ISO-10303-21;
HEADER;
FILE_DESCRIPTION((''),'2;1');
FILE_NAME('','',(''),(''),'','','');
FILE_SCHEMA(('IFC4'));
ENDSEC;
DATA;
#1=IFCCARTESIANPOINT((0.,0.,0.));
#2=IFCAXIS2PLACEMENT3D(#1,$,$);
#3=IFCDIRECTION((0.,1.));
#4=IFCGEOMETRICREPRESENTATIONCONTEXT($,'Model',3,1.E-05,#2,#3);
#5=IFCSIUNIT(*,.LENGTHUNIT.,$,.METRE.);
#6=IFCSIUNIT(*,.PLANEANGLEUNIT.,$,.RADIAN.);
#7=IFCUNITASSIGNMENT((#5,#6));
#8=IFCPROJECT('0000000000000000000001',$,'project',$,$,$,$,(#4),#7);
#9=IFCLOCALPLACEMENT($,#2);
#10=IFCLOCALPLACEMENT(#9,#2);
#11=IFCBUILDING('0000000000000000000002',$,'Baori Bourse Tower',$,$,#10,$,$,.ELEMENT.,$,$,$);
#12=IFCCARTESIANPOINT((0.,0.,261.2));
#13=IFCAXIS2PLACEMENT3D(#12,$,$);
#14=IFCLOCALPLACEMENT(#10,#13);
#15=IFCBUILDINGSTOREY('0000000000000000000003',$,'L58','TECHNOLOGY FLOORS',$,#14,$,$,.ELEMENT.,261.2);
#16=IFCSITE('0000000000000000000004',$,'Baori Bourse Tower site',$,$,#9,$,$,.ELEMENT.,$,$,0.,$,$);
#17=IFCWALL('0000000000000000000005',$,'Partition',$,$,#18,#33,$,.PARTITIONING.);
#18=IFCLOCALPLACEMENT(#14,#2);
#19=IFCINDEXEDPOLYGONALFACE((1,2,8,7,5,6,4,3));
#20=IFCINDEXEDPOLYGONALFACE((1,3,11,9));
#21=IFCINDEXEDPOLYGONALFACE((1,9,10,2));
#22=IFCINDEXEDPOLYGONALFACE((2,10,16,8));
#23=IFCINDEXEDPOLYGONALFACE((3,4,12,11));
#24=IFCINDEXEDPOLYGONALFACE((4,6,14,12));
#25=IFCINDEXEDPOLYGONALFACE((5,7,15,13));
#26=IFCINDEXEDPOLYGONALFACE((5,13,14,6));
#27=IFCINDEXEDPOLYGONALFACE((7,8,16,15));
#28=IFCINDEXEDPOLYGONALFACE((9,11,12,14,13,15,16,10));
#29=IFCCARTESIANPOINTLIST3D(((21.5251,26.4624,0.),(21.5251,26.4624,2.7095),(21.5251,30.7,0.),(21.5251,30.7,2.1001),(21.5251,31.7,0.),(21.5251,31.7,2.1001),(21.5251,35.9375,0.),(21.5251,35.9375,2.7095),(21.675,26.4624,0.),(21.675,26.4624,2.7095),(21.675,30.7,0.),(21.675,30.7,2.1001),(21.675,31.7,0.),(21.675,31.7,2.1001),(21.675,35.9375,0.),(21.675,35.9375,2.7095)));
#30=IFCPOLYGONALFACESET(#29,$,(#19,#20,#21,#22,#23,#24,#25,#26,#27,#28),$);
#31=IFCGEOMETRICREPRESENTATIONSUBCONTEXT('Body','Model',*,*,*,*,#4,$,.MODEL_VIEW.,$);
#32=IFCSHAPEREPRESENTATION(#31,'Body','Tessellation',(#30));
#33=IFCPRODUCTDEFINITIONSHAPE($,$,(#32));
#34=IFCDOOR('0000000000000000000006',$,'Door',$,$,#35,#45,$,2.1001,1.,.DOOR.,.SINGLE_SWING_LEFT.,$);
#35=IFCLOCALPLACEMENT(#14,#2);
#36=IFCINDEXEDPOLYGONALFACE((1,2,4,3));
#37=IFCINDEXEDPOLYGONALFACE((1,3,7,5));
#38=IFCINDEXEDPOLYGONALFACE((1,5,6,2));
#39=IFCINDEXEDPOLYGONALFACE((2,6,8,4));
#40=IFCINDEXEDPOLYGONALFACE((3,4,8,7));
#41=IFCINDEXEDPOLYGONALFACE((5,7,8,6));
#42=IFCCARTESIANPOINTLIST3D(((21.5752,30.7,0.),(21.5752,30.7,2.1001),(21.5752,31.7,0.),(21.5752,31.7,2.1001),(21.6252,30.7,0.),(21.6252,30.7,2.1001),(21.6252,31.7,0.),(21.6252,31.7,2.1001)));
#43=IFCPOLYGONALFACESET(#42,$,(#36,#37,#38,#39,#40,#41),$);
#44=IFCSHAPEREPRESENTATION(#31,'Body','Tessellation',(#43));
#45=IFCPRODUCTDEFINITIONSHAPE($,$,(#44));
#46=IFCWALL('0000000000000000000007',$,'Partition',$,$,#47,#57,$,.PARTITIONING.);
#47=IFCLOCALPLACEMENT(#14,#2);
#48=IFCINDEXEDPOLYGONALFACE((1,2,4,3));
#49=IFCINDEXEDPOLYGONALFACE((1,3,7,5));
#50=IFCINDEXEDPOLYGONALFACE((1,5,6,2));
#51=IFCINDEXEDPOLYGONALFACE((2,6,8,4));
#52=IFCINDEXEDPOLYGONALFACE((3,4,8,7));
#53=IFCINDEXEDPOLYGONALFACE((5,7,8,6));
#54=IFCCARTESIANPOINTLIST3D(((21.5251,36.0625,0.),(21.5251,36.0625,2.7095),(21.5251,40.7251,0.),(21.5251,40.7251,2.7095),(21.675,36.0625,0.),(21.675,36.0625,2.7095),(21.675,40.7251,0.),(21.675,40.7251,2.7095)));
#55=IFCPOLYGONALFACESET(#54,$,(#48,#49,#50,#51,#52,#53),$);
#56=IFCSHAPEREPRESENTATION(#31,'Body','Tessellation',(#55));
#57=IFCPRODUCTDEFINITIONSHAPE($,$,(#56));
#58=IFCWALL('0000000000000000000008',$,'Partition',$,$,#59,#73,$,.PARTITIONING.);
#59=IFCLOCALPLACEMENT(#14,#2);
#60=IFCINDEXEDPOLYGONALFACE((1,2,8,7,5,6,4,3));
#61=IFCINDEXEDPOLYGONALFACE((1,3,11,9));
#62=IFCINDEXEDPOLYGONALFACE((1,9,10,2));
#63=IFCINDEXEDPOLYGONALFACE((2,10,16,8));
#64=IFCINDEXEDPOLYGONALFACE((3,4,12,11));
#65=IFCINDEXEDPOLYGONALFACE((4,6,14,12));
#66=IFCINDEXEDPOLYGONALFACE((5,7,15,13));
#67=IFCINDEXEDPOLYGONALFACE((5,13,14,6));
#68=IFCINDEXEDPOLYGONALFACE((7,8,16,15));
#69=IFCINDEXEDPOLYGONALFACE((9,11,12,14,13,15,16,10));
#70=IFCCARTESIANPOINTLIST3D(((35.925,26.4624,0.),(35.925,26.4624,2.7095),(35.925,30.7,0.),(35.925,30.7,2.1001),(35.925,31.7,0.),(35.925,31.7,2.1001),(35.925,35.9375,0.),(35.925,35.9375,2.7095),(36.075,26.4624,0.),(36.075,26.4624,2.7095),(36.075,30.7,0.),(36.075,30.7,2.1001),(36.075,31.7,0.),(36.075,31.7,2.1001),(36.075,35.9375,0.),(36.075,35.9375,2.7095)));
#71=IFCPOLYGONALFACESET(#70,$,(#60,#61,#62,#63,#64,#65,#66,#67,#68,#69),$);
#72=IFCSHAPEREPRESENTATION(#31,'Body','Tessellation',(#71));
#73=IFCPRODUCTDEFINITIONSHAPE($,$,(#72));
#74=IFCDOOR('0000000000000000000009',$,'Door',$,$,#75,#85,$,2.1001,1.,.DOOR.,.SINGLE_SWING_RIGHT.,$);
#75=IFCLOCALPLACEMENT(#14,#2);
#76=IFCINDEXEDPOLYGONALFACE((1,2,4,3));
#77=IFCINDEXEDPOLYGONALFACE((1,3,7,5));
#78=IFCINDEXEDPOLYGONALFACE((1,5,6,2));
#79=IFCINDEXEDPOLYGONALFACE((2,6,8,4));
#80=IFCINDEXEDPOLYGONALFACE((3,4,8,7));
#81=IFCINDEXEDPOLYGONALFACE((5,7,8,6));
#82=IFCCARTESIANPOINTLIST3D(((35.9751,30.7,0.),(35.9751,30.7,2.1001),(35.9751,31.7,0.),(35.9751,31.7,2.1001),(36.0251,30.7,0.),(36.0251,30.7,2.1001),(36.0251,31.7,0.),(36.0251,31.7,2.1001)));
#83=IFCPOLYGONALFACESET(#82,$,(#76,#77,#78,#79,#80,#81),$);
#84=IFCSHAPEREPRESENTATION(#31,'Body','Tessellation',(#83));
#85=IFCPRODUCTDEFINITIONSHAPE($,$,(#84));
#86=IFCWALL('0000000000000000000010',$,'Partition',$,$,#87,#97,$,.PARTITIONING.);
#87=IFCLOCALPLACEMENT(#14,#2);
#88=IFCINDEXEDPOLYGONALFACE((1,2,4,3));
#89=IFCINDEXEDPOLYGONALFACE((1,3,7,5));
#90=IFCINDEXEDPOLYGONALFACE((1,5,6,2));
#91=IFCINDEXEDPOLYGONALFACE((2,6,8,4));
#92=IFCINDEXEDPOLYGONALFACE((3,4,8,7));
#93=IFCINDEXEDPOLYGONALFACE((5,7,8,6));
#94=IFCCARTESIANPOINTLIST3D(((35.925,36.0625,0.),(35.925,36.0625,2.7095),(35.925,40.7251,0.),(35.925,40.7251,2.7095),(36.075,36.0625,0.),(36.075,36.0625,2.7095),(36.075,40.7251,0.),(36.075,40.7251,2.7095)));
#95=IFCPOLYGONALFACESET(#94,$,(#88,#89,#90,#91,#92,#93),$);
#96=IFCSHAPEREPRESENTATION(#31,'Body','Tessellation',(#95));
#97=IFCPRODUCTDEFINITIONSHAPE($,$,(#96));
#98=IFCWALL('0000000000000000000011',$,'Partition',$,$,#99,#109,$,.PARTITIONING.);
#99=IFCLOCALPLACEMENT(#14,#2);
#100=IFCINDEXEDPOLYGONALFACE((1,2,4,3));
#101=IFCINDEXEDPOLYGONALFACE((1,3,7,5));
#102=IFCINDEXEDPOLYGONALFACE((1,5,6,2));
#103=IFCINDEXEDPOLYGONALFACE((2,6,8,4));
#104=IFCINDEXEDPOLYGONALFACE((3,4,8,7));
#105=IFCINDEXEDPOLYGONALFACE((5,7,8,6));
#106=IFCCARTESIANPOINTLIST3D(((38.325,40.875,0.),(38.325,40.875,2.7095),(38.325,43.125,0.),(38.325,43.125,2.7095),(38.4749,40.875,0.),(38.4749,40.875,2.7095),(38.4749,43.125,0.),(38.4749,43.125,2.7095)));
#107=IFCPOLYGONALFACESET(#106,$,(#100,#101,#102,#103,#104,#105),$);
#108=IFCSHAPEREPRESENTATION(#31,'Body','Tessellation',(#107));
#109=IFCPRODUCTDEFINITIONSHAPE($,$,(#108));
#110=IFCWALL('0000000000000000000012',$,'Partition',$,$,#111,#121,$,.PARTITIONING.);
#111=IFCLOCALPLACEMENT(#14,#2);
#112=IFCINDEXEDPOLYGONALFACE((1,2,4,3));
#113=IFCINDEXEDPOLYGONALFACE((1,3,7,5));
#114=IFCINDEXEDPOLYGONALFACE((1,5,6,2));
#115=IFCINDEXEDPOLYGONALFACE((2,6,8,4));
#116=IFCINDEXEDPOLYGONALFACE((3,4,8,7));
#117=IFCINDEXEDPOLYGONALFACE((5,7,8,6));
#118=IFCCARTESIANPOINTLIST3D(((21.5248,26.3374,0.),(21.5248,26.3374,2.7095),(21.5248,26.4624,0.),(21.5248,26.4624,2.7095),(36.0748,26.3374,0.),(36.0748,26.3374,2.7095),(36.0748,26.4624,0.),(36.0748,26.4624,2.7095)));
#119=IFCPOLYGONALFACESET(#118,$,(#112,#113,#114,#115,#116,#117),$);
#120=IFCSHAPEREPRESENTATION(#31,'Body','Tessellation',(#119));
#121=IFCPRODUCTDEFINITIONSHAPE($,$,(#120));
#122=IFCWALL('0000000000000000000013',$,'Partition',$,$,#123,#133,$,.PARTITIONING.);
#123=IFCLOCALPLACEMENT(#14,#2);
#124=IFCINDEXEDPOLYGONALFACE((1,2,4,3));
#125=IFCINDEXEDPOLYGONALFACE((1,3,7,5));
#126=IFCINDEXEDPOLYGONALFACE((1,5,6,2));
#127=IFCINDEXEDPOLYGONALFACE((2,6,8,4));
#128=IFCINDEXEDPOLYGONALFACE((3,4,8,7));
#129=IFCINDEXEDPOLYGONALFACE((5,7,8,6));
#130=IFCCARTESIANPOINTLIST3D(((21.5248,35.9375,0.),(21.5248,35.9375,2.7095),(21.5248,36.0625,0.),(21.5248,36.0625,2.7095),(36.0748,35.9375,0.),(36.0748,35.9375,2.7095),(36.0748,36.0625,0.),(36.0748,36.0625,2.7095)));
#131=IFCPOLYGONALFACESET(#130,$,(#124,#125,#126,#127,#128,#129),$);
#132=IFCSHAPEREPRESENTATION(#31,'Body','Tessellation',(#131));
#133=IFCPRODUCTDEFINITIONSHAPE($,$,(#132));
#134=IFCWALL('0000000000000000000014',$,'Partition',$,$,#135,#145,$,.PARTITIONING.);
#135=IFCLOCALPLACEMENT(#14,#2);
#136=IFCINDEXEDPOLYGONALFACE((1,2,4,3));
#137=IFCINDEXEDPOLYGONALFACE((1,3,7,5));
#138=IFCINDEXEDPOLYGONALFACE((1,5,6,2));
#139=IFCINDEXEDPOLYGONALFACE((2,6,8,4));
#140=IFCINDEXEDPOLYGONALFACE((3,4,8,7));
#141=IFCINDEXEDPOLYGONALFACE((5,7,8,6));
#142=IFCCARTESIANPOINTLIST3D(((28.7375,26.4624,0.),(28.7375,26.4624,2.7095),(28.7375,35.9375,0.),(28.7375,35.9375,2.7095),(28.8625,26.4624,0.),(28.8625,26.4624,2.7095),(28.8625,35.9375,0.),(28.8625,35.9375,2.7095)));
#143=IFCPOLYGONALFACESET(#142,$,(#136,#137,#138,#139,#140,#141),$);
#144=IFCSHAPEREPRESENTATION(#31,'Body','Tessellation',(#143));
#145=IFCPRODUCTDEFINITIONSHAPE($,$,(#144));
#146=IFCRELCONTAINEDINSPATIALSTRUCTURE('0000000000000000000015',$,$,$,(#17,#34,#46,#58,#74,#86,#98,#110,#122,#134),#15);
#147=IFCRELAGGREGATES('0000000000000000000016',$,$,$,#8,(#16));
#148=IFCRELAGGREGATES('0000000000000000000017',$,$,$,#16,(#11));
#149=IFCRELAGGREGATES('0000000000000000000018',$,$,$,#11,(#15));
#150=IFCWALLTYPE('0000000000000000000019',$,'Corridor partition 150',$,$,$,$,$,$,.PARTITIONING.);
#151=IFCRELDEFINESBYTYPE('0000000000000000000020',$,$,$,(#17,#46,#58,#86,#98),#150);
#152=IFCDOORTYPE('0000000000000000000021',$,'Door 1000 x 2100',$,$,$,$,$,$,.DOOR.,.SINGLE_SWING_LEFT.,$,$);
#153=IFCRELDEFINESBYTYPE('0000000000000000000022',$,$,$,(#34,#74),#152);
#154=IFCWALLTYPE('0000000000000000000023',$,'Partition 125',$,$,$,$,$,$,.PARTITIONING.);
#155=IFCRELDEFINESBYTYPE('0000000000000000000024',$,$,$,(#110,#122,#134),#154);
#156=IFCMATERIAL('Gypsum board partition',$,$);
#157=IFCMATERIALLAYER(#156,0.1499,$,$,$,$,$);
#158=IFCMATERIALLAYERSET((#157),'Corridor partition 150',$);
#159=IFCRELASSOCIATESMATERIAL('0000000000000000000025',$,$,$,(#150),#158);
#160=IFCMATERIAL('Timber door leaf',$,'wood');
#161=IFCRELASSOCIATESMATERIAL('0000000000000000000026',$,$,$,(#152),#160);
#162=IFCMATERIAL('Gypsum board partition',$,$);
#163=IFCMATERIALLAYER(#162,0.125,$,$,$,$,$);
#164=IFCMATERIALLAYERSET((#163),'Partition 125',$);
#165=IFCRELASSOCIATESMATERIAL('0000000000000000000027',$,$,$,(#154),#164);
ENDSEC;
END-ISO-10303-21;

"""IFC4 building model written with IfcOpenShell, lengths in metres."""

from ifc_helpers import new_model, si_unit, direction, frame, frame_2d, origin, place, context, subcontext, project, spatial, rectangle, extrude, material, layer, layer_set, type_object, element, fill, save


model = new_model("IFC4")

# Units and contexts
model_context = context("Model", 3, precision=1e-05, world=origin(), true_north=direction((0.0, 1.0)))
body_context = subcontext(model_context, "Body", "Model", "MODEL_VIEW")
ifc_project = project(units=[si_unit("LENGTHUNIT", "METRE"), si_unit("PLANEANGLEUNIT", "RADIAN")], contexts=[model_context])

# Site, building, storey
site_placement = place(None, origin())
site = spatial("IfcSite", under=ifc_project, at=site_placement, Name="Baori Bourse Tower site", CompositionType="ELEMENT", RefElevation=0.0)
building_placement = place(site_placement, origin())
building = spatial("IfcBuilding", under=site, at=building_placement, Name="Baori Bourse Tower", CompositionType="ELEMENT")
storey_placement = place(building_placement, frame((0.0, 0.0, 261.2)))
storey = spatial("IfcBuildingStorey", under=building, at=storey_placement, Name="L58", Description="TECHNOLOGY FLOORS", CompositionType="ELEMENT", Elevation=261.2)

# Wall, opening, door
ifc_material_1 = material(Name="Gypsum board partition")
ifc_layer_1 = layer(ifc_material_1, 0.1499)
ifc_layer_set_1 = layer_set([ifc_layer_1], Name="Corridor partition 150")
wall_type_1 = type_object("IfcWallType", Name="Corridor partition 150", PredefinedType="PARTITIONING", material=ifc_layer_set_1)
ifc_material_2 = material(Name="Timber door leaf", Category="wood")
door_type = type_object("IfcDoorType", Name="Door 1000 x 2100", OperationType="SINGLE_SWING_LEFT", PredefinedType="DOOR", material=ifc_material_2)
wall_1_placement = place(storey_placement, frame((21.6001, 26.4624, 0.0), z_axis=(0.0, 0.0, 1.0), x_axis=(0.0, 1.0, 0.0)))
wall_1 = element("IfcWall", 1, at=wall_1_placement, inside=storey, type_object=wall_type_1, Name="Partition", PredefinedType="PARTITIONING", context=body_context, shape_type="SweptSolid", body=[
    extrude(rectangle(XDim=9.4751, YDim=0.1499, at=frame_2d((4.7375, 0.0))), origin(), (0.0, 0.0, 1.0), 2.7095),
])
opening_1_placement = place(wall_1_placement, frame((4.2375, 0.0, 0.0)))
opening_1 = element("IfcOpeningElement", 2, at=opening_1_placement, cuts=wall_1, PredefinedType="OPENING", context=body_context, shape_type="SweptSolid", body=[
    extrude(rectangle(XDim=1.0, YDim=2.1001, at=frame_2d((0.5, 1.05))), frame((0.0, 0.085, 0.0), z_axis=(0.0, -1.0, 0.0), x_axis=(1.0, 0.0, 0.0)), (0.0, 0.0, 1.0), 0.1699),
])
door_1_placement = place(opening_1_placement, origin())
door_1 = element("IfcDoor", 3, at=door_1_placement, inside=storey, type_object=door_type, Name="Door", OperationType="SINGLE_SWING_LEFT", OverallHeight=2.1001, OverallWidth=1.0, PredefinedType="DOOR", context=body_context, shape_type="SweptSolid", body=[
    extrude(rectangle(XDim=1.0, YDim=2.1001, at=frame_2d((0.5, 1.05))), frame((0.0, 0.0249, 0.0), z_axis=(0.0, -1.0, 0.0), x_axis=(1.0, 0.0, 0.0)), (0.0, 0.0, 1.0), 0.05),
])
fill(opening_1, door_1)

# Wall
wall_2_placement = place(storey_placement, frame((21.6001, 36.0625, 0.0), z_axis=(0.0, 0.0, 1.0), x_axis=(0.0, 1.0, 0.0)))
element("IfcWall", 4, at=wall_2_placement, inside=storey, type_object=wall_type_1, Name="Partition", PredefinedType="PARTITIONING", context=body_context, shape_type="SweptSolid", body=[
    extrude(rectangle(XDim=4.6626, YDim=0.1499, at=frame_2d((2.3313, 0.0))), origin(), (0.0, 0.0, 1.0), 2.7095),
])

# Wall, opening, door
wall_3_placement = place(storey_placement, frame((36.0, 26.4624, 0.0), z_axis=(0.0, 0.0, 1.0), x_axis=(0.0, 1.0, 0.0)))
wall_3 = element("IfcWall", 5, at=wall_3_placement, inside=storey, type_object=wall_type_1, Name="Partition", PredefinedType="PARTITIONING", context=body_context, shape_type="SweptSolid", body=[
    extrude(rectangle(XDim=9.4751, YDim=0.1499, at=frame_2d((4.7375, 0.0))), origin(), (0.0, 0.0, 1.0), 2.7095),
])
opening_2_placement = place(wall_3_placement, frame((4.2375, 0.0, 0.0)))
opening_2 = element("IfcOpeningElement", 6, at=opening_2_placement, cuts=wall_3, PredefinedType="OPENING", context=body_context, shape_type="SweptSolid", body=[
    extrude(rectangle(XDim=1.0, YDim=2.1001, at=frame_2d((0.5, 1.05))), frame((0.0, 0.085, 0.0), z_axis=(0.0, -1.0, 0.0), x_axis=(1.0, 0.0, 0.0)), (0.0, 0.0, 1.0), 0.1699),
])
door_2_placement = place(opening_2_placement, origin())
door_2 = element("IfcDoor", 7, at=door_2_placement, inside=storey, type_object=door_type, Name="Door", OperationType="SINGLE_SWING_RIGHT", OverallHeight=2.1001, OverallWidth=1.0, PredefinedType="DOOR", context=body_context, shape_type="SweptSolid", body=[
    extrude(rectangle(XDim=1.0, YDim=2.1001, at=frame_2d((0.5, 1.05))), frame((0.0, 0.0249, 0.0), z_axis=(0.0, -1.0, 0.0), x_axis=(1.0, 0.0, 0.0)), (0.0, 0.0, 1.0), 0.05),
])
fill(opening_2, door_2)

# Walls
wall_4_placement = place(storey_placement, frame((36.0, 36.0625, 0.0), z_axis=(0.0, 0.0, 1.0), x_axis=(0.0, 1.0, 0.0)))
element("IfcWall", 8, at=wall_4_placement, inside=storey, type_object=wall_type_1, Name="Partition", PredefinedType="PARTITIONING", context=body_context, shape_type="SweptSolid", body=[
    extrude(rectangle(XDim=4.6626, YDim=0.1499, at=frame_2d((2.3313, 0.0))), origin(), (0.0, 0.0, 1.0), 2.7095),
])
wall_5_placement = place(storey_placement, frame((38.3999, 40.875, 0.0), z_axis=(0.0, 0.0, 1.0), x_axis=(0.0, 1.0, 0.0)))
element("IfcWall", 9, at=wall_5_placement, inside=storey, type_object=wall_type_1, Name="Partition", PredefinedType="PARTITIONING", context=body_context, shape_type="SweptSolid", body=[
    extrude(rectangle(XDim=2.25, YDim=0.1499, at=frame_2d((1.125, 0.0))), origin(), (0.0, 0.0, 1.0), 2.7095),
])
ifc_material_3 = material(Name="Gypsum board partition")
ifc_layer_2 = layer(ifc_material_3, 0.125)
ifc_layer_set_2 = layer_set([ifc_layer_2], Name="Partition 125")
wall_type_2 = type_object("IfcWallType", Name="Partition 125", PredefinedType="PARTITIONING", material=ifc_layer_set_2)
for number, where, z_axis, x_axis, name in (
    (10, (21.5249, 26.3999, 0.0), (0.0, 0.0, 1.0), (1.0, 0.0, 0.0), "Partition"),
    (11, (21.5249, 36.0, 0.0), (0.0, 0.0, 1.0), (1.0, 0.0, 0.0), "Partition"),
):
    element("IfcWall", number, at=place(storey_placement, frame(where, z_axis=z_axis, x_axis=x_axis)), inside=storey, type_object=wall_type_2, Name=name, PredefinedType="PARTITIONING", context=body_context, shape_type="SweptSolid", body=[
        extrude(rectangle(XDim=14.55, YDim=0.125, at=frame_2d((7.2749, 0.0))), origin(), (0.0, 0.0, 1.0), 2.7095),
    ])
wall_6_placement = place(storey_placement, frame((28.8, 26.4624, 0.0), z_axis=(0.0, 0.0, 1.0), x_axis=(0.0, 1.0, 0.0)))
element("IfcWall", 12, at=wall_6_placement, inside=storey, type_object=wall_type_2, Name="Partition", PredefinedType="PARTITIONING", context=body_context, shape_type="SweptSolid", body=[
    extrude(rectangle(XDim=9.4751, YDim=0.125, at=frame_2d((4.7375, 0.0))), origin(), (0.0, 0.0, 1.0), 2.7095),
])

save(model, "model.ifc")
